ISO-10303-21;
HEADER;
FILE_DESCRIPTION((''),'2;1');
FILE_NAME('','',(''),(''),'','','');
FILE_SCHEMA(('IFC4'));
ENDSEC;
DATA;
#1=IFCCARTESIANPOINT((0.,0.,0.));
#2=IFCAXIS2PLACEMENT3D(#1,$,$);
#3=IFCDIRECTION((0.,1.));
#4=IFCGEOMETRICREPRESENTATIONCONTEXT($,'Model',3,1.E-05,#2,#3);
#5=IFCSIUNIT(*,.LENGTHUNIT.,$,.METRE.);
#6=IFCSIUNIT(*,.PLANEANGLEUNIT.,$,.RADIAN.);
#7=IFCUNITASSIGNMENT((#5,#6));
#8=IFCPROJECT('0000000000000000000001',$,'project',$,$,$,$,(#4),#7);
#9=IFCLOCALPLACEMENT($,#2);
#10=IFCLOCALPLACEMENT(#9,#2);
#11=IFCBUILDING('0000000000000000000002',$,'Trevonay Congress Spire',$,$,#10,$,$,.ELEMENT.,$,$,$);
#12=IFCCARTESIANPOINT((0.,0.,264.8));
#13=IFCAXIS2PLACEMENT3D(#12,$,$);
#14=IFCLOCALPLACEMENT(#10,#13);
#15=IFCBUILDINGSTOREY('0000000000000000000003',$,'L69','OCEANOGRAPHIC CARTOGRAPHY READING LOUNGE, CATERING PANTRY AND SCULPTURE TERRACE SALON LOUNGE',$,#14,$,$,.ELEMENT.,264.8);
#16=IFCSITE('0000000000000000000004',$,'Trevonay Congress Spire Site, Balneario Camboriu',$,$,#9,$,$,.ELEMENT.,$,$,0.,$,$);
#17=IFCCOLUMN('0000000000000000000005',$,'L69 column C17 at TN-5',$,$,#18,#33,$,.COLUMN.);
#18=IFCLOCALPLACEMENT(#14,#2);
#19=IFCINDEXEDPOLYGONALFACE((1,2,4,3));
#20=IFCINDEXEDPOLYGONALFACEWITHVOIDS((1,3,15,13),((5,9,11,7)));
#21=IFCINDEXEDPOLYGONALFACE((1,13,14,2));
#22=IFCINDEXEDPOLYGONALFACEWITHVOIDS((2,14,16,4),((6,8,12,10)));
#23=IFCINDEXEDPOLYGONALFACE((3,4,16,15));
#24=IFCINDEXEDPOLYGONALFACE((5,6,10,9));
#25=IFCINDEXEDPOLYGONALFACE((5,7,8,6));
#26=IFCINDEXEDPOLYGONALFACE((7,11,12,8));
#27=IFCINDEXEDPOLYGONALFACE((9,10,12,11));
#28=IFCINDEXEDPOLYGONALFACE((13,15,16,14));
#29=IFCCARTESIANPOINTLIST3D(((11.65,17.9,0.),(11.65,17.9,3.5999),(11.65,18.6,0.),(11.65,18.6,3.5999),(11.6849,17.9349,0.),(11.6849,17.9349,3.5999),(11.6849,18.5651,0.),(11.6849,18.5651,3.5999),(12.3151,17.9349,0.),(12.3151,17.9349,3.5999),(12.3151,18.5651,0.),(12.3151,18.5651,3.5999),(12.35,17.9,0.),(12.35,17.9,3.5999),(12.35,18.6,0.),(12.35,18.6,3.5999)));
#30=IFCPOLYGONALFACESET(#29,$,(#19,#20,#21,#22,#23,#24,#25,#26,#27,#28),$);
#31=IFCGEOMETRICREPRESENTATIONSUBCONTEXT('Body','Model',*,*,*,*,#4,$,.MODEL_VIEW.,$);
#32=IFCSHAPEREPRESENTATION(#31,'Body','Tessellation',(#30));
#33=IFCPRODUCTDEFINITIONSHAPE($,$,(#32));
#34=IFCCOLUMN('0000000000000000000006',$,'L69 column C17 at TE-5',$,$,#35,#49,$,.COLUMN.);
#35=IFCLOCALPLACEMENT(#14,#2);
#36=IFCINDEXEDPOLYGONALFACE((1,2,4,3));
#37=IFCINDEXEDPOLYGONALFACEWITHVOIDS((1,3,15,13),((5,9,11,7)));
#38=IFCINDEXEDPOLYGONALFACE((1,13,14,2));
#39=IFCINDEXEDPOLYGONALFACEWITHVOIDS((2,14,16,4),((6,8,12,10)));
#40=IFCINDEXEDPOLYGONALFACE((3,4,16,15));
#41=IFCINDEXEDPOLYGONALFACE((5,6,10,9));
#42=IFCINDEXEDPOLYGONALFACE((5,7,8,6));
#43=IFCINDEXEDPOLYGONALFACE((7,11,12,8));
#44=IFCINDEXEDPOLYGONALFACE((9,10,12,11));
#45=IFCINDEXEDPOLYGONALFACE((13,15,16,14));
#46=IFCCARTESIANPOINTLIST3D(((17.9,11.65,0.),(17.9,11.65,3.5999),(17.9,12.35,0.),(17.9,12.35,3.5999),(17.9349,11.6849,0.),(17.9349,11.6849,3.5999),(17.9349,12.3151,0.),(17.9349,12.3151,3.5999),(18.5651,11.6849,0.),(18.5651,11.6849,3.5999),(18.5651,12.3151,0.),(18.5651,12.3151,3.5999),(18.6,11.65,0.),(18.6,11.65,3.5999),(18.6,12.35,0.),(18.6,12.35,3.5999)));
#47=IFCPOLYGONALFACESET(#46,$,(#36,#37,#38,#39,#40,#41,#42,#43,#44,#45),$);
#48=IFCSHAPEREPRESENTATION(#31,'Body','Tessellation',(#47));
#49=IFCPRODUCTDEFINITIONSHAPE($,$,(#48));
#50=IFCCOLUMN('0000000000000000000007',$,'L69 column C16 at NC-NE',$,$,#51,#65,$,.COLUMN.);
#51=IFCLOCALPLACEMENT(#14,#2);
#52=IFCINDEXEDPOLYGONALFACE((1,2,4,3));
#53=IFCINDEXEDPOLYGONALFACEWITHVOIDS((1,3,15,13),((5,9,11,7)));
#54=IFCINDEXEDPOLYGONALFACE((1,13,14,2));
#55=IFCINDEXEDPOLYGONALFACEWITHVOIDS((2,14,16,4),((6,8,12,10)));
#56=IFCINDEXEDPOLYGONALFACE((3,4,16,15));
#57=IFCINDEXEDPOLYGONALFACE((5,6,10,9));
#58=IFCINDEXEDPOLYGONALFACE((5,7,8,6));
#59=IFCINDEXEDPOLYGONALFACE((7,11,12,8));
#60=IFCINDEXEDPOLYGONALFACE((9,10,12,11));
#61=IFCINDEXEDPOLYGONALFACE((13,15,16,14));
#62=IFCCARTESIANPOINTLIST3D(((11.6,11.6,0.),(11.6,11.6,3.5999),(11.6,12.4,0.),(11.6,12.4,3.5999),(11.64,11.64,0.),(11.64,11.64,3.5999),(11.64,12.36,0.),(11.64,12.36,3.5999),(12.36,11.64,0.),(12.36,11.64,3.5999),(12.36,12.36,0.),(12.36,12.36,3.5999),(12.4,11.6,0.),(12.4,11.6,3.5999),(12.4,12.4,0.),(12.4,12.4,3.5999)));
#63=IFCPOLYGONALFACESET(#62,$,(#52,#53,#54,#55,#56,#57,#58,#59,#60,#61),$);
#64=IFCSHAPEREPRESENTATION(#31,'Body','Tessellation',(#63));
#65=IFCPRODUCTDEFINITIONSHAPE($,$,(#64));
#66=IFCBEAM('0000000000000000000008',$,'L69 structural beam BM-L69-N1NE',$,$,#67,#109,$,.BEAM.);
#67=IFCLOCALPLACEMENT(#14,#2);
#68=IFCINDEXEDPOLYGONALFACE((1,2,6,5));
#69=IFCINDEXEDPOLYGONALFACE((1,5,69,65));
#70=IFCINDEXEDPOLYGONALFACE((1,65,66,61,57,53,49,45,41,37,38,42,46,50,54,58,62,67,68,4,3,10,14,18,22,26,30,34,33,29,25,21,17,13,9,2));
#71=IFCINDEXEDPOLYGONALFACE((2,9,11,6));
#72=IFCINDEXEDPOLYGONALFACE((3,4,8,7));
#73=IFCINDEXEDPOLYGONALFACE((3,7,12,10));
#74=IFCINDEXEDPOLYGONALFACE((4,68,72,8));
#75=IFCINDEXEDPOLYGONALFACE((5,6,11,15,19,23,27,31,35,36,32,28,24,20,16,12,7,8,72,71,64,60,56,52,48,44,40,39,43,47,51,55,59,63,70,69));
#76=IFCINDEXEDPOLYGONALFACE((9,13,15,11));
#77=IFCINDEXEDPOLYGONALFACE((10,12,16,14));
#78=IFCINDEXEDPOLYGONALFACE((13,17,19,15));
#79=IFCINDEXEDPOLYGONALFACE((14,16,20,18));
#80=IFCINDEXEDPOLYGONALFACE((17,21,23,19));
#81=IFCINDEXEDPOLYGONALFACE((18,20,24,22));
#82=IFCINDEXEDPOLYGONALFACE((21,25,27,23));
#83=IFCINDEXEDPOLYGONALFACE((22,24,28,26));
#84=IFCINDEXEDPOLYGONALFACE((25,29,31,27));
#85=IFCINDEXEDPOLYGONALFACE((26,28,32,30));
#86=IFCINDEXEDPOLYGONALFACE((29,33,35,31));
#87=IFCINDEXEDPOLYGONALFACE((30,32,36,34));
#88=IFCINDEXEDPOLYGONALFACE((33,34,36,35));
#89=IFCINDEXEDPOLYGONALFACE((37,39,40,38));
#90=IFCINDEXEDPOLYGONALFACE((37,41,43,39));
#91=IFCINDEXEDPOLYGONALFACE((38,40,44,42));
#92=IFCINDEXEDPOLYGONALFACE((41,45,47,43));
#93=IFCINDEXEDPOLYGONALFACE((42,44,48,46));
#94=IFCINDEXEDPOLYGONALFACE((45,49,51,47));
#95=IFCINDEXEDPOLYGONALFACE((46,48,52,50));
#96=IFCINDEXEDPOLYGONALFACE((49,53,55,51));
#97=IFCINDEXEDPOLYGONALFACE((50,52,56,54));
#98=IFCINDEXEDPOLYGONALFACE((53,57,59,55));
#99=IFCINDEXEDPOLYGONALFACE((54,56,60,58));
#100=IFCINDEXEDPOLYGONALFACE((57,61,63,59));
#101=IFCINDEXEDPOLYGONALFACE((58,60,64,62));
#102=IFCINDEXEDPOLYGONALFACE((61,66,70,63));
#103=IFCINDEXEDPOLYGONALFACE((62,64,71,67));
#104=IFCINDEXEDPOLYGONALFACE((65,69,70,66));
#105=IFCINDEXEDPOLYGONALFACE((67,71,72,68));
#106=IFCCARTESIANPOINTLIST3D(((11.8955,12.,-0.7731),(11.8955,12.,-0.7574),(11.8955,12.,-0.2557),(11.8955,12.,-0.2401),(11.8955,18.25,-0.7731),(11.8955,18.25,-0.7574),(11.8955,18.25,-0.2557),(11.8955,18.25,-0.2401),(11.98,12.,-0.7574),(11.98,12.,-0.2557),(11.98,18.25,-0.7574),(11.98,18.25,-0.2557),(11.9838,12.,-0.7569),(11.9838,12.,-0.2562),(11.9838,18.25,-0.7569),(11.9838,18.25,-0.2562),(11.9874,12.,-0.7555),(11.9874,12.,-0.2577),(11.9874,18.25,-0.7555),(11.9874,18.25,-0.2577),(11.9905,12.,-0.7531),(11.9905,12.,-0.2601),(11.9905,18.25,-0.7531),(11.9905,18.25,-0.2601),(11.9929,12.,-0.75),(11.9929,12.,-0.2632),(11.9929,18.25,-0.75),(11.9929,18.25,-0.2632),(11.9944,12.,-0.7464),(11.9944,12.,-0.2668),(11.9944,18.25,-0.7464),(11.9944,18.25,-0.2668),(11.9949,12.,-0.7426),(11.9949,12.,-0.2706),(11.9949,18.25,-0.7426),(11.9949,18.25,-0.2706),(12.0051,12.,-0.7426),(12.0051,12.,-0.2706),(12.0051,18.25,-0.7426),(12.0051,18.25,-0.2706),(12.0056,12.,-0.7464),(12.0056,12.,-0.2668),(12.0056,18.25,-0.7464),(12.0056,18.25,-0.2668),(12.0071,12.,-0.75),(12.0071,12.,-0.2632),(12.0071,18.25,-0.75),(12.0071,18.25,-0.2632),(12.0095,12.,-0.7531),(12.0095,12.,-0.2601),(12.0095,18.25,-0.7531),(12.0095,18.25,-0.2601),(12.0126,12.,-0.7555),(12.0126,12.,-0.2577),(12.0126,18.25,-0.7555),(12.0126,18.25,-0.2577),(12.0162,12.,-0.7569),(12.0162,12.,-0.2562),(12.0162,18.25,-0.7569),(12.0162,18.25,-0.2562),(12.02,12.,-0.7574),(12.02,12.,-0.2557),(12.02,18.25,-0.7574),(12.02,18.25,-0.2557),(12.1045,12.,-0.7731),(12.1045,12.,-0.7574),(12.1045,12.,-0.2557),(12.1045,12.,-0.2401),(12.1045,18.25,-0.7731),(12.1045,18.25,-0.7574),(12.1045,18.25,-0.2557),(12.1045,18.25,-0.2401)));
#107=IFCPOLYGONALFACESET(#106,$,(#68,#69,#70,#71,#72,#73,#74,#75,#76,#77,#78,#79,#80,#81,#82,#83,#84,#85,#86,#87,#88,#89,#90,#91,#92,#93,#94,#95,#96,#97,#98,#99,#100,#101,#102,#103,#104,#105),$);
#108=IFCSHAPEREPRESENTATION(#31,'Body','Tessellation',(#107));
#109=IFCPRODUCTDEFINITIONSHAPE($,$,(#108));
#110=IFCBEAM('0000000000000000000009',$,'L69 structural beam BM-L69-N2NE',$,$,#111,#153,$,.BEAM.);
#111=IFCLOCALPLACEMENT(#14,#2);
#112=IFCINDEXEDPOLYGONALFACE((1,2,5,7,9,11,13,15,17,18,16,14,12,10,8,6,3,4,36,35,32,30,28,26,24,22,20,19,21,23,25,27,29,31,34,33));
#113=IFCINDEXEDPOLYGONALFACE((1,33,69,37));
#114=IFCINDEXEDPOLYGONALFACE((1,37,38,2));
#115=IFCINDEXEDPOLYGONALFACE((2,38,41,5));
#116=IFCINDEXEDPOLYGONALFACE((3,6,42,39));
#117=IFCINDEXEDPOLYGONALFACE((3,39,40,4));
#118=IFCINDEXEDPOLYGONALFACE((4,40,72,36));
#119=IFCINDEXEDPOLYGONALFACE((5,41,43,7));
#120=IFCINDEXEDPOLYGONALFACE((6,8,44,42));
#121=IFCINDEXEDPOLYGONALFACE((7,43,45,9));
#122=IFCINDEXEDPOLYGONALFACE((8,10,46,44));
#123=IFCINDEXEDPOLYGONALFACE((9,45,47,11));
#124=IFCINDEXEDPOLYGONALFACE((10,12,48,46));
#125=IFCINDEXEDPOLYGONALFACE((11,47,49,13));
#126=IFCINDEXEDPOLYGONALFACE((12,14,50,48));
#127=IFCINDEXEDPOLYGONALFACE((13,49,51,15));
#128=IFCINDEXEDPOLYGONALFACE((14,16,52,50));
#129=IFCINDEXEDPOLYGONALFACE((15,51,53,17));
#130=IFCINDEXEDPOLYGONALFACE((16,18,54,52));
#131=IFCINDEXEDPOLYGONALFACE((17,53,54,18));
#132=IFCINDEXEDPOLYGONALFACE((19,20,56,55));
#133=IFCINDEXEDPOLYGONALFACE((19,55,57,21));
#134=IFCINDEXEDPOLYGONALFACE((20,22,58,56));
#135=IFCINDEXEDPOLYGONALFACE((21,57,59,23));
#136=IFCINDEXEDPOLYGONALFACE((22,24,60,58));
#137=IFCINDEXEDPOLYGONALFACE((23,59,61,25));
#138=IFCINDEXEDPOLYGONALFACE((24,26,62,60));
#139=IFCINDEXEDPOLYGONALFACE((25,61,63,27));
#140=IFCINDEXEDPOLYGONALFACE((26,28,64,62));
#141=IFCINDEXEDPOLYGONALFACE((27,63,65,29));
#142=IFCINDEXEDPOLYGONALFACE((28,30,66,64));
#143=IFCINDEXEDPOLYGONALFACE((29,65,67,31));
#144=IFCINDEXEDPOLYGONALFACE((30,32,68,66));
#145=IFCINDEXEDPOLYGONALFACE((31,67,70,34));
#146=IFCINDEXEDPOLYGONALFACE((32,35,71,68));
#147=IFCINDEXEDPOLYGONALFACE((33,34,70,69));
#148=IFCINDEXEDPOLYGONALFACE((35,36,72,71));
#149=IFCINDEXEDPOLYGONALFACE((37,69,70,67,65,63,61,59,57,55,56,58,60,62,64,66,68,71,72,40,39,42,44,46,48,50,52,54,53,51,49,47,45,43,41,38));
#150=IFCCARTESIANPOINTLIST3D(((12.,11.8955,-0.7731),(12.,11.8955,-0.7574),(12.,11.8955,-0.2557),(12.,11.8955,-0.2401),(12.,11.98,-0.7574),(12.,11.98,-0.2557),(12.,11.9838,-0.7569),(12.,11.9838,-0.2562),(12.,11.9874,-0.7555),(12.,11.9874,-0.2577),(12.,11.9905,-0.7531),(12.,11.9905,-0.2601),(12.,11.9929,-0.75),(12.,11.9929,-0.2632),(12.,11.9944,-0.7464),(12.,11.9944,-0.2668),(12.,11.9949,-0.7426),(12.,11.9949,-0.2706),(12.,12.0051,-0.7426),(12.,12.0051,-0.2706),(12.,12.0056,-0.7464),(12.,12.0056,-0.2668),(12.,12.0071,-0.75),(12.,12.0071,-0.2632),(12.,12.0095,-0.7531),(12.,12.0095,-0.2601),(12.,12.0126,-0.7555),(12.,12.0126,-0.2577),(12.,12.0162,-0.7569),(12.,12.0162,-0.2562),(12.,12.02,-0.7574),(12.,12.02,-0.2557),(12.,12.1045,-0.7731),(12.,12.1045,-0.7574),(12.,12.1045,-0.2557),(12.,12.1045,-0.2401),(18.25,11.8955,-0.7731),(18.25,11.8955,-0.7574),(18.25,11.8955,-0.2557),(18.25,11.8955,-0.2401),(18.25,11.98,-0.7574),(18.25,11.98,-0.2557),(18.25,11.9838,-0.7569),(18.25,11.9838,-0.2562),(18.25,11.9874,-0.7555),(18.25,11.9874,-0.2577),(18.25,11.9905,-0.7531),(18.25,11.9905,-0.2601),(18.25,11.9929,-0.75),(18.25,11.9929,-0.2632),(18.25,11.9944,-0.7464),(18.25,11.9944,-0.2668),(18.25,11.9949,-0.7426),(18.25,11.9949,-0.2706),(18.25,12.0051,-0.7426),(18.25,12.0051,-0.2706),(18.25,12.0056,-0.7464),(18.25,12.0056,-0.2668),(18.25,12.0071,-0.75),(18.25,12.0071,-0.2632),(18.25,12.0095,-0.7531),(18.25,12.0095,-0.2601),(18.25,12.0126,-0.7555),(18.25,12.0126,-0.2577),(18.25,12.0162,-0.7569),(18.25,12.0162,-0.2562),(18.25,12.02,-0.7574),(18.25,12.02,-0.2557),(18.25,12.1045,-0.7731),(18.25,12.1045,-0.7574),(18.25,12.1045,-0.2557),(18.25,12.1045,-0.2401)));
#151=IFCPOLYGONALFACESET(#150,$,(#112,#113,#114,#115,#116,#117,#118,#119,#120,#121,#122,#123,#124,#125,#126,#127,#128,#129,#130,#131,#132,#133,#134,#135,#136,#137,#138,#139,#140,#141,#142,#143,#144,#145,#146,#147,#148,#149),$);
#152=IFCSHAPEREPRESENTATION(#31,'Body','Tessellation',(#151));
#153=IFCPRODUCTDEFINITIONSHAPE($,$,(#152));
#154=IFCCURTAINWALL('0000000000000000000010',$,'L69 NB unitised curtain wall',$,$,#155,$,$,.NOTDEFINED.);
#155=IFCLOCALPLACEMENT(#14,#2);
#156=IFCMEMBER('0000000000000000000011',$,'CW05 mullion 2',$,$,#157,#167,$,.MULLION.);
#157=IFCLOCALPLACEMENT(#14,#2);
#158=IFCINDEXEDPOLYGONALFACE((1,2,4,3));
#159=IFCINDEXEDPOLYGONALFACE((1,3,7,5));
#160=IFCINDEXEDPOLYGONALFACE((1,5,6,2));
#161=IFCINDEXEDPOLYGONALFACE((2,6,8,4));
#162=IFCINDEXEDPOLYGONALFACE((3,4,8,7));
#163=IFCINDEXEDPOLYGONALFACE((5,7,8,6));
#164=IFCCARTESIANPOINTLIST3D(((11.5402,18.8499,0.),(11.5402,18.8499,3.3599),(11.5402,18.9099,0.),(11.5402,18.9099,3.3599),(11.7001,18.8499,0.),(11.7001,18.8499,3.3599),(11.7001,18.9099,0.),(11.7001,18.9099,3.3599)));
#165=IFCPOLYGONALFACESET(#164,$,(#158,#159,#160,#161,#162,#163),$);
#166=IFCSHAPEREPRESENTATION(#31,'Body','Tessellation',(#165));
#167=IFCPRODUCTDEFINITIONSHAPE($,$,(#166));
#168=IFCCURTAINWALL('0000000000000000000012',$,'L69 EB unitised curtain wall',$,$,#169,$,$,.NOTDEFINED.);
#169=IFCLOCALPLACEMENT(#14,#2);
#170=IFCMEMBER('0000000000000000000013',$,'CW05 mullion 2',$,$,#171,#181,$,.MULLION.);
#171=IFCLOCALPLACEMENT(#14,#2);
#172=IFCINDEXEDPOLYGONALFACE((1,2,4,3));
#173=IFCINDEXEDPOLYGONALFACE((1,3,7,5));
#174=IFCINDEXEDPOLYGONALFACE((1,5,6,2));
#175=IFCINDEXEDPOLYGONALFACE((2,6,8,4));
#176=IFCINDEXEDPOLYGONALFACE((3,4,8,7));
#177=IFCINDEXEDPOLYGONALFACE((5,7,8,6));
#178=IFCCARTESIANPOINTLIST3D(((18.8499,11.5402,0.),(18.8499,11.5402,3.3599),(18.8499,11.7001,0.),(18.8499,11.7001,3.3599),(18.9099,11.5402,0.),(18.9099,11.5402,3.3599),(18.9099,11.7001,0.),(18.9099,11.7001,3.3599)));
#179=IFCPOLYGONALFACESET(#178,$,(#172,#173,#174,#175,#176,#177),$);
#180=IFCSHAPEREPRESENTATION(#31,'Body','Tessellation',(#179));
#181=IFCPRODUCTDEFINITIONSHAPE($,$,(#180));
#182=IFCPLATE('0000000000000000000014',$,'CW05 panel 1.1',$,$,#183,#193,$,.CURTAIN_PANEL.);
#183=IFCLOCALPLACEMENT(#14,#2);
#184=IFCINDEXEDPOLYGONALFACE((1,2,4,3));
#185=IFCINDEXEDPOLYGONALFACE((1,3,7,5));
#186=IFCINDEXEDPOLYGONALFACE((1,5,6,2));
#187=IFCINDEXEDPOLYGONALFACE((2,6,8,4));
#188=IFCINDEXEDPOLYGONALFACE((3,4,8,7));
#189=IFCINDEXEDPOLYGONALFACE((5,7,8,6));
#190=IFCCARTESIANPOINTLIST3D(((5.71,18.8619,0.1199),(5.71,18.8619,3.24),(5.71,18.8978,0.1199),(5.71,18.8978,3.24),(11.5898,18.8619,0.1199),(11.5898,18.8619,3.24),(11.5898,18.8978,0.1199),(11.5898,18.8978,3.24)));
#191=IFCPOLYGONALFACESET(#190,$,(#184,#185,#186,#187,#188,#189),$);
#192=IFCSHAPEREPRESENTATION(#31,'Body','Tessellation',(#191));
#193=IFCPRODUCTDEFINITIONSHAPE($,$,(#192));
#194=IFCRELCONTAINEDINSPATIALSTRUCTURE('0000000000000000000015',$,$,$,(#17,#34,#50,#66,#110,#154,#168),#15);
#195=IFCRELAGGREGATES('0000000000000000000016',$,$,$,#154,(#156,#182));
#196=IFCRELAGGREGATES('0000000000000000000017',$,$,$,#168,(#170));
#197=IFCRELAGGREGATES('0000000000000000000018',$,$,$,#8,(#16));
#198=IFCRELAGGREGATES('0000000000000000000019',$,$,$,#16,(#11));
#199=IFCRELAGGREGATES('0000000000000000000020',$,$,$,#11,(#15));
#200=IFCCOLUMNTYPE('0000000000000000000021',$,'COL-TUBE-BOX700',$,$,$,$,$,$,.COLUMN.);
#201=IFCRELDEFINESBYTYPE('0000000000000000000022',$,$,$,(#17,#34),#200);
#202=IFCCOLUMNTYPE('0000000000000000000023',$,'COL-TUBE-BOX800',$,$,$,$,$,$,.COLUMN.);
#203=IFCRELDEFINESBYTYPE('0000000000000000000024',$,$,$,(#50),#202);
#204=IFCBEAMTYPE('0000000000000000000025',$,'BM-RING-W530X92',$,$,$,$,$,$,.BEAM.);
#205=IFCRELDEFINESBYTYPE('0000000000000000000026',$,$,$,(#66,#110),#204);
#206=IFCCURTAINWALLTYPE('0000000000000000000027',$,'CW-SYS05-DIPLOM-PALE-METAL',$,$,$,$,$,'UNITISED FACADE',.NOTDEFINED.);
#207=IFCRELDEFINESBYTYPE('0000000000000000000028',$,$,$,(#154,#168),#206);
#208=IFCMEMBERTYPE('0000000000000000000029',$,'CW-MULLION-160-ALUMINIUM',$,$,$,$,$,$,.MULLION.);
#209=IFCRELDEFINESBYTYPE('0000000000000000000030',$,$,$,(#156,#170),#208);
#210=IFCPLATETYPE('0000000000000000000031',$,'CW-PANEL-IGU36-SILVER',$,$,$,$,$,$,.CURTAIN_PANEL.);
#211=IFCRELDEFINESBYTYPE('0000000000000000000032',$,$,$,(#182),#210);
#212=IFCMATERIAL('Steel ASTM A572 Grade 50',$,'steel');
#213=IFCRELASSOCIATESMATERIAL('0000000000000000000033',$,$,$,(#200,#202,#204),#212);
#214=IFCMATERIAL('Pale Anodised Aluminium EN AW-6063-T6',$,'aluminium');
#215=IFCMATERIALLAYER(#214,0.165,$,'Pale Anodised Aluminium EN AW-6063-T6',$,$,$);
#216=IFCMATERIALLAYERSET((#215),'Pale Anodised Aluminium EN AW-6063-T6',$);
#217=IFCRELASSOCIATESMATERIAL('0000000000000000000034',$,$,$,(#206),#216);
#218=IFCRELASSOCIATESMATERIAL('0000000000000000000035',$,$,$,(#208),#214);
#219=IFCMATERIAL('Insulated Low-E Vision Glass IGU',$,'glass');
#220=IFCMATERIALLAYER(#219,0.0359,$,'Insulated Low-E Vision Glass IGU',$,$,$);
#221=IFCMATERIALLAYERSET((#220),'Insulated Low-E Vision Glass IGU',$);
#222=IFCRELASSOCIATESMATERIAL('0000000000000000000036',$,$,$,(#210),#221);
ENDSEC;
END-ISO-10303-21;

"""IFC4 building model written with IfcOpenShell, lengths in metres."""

from ifc_helpers import new_model, si_unit, direction, frame, origin, origin_2d, place, context, subcontext, project, spatial, rectangle, hollow_rectangle, i_section, extrude, material, layer, layer_set, material_profile, profile_set, type_object, element, aggregate, save


model = new_model("IFC4")

# Units and contexts
model_context = context("Model", 3, precision=1e-05, world=origin(), true_north=direction((0.0, 1.0)))
body_context = subcontext(model_context, "Body", "Model", "MODEL_VIEW")
ifc_project = project(units=[si_unit("LENGTHUNIT", "METRE"), si_unit("PLANEANGLEUNIT", "RADIAN")], contexts=[model_context])

# Site, building, storey
site_placement = place(None, origin())
site = spatial("IfcSite", under=ifc_project, at=site_placement, Name="Trevonay Congress Spire Site, Balneario Camboriu", CompositionType="ELEMENT", RefElevation=0.0)
building_placement = place(site_placement, origin())
building = spatial("IfcBuilding", under=site, at=building_placement, Name="Trevonay Congress Spire", CompositionType="ELEMENT")
storey_placement = place(building_placement, frame((0.0, 0.0, 264.8)))
storey = spatial("IfcBuildingStorey", under=building, at=storey_placement, Name="L69", Description="OCEANOGRAPHIC CARTOGRAPHY READING LOUNGE, CATERING PANTRY AND SCULPTURE TERRACE SALON LOUNGE", CompositionType="ELEMENT", Elevation=264.8)

# Columns
ifc_material_1 = material(Name="Steel ASTM A572 Grade 50", Category="steel")
ifc_material_profile_1 = material_profile(ifc_material_1, hollow_rectangle(XDim=0.7, YDim=0.7, WallThickness=0.0349, at=origin_2d()), Name="BOX 700x700x35")
ifc_profile_set_1 = profile_set([ifc_material_profile_1], Name="Steel ASTM A572 Grade 50")
column_type_1 = type_object("IfcColumnType", Name="COL-TUBE-BOX700", PredefinedType="COLUMN", material=ifc_profile_set_1)
for number, where, z_axis, x_axis, name in (
    (1, (12.0, 18.25, 0.0), (0.0, 0.0, 1.0), (1.0, 0.0, 0.0), "L69 column C17 at TN-5"),
    (2, (18.25, 12.0, 0.0), (0.0, 0.0, 1.0), (1.0, 0.0, 0.0), "L69 column C17 at TE-5"),
):
    element("IfcColumn", number, at=place(storey_placement, frame(where, z_axis=z_axis, x_axis=x_axis)), inside=storey, type_object=column_type_1, Name=name, PredefinedType="COLUMN", context=body_context, shape_type="SweptSolid", body=[
        extrude(hollow_rectangle(XDim=0.7, YDim=0.7, WallThickness=0.0349, at=origin_2d()), origin(), (0.0, 0.0, 1.0), 3.5999),
    ])
ifc_material_profile_2 = material_profile(ifc_material_1, hollow_rectangle(XDim=0.8, YDim=0.8, WallThickness=0.04, at=origin_2d()), Name="BOX 800x800x40")
ifc_profile_set_2 = profile_set([ifc_material_profile_2], Name="Steel ASTM A572 Grade 50")
column_type_2 = type_object("IfcColumnType", Name="COL-TUBE-BOX800", PredefinedType="COLUMN", material=ifc_profile_set_2)
column_placement = place(storey_placement, frame((12.0, 12.0, 0.0), z_axis=(0.0, 0.0, 1.0), x_axis=(1.0, 0.0, 0.0)))
element("IfcColumn", 3, at=column_placement, inside=storey, type_object=column_type_2, Name="L69 column C16 at NC-NE", PredefinedType="COLUMN", context=body_context, shape_type="SweptSolid", body=[
    extrude(hollow_rectangle(XDim=0.8, YDim=0.8, WallThickness=0.04, at=origin_2d()), origin(), (0.0, 0.0, 1.0), 3.5999),
])

# Beams
ifc_material_profile_3 = material_profile(ifc_material_1, i_section(OverallWidth=0.209, OverallDepth=0.533, WebThickness=0.0103, FlangeThickness=0.0156, FilletRadius=0.0149, at=origin_2d()), Name="W530x92")
ifc_profile_set_3 = profile_set([ifc_material_profile_3], Name="Steel ASTM A572 Grade 50")
beam_type = type_object("IfcBeamType", Name="BM-RING-W530X92", PredefinedType="BEAM", material=ifc_profile_set_3)
for number, where, z_axis, x_axis, name in (
    (4, (12.0, 18.25, -0.5066), (0.0, -1.0, 0.0), (1.0, 0.0, 0.0), "L69 structural beam BM-L69-N1NE"),
    (5, (18.25, 12.0, -0.5066), (-1.0, 0.0, 0.0), (0.0, -1.0, 0.0), "L69 structural beam BM-L69-N2NE"),
):
    element("IfcBeam", number, at=place(storey_placement, frame(where, z_axis=z_axis, x_axis=x_axis)), inside=storey, type_object=beam_type, Name=name, PredefinedType="BEAM", context=body_context, shape_type="SweptSolid", body=[
        extrude(i_section(OverallWidth=0.209, OverallDepth=0.533, WebThickness=0.0103, FlangeThickness=0.0156, FilletRadius=0.0149, at=origin_2d()), origin(), (0.0, 0.0, 1.0), 6.25),
    ])

# Curtain walls, members
ifc_material_2 = material(Name="Pale Anodised Aluminium EN AW-6063-T6", Category="aluminium")
ifc_layer_1 = layer(ifc_material_2, 0.165, Name="Pale Anodised Aluminium EN AW-6063-T6")
ifc_layer_set_1 = layer_set([ifc_layer_1], Name="Pale Anodised Aluminium EN AW-6063-T6")
curtain_wall_type = type_object("IfcCurtainWallType", Name="CW-SYS05-DIPLOM-PALE-METAL", ElementType="UNITISED FACADE", PredefinedType="NOTDEFINED", material=ifc_layer_set_1)
curtain_wall_1_placement = place(storey_placement, origin())
curtain_wall_1 = element("IfcCurtainWall", 6, at=curtain_wall_1_placement, inside=storey, type_object=curtain_wall_type, Name="L69 NB unitised curtain wall", PredefinedType="NOTDEFINED")
ifc_material_profile_4 = material_profile(ifc_material_2, rectangle(XDim=0.0601, YDim=0.1599, at=origin_2d()), Name="CW-MULLION-160-ALUMINIUM")
ifc_profile_set_4 = profile_set([ifc_material_profile_4], Name="Pale Anodised Aluminium EN AW-6063-T6")
member_type = type_object("IfcMemberType", Name="CW-MULLION-160-ALUMINIUM", PredefinedType="MULLION", material=ifc_profile_set_4)
member_1_placement = place(storey_placement, frame((11.6201, 18.8799, 0.0), z_axis=(0.0, 0.0, 1.0), x_axis=(0.0, 1.0, 0.0)))
member_1 = element("IfcMember", 7, at=member_1_placement, type_object=member_type, Name="CW05 mullion 2", PredefinedType="MULLION", context=body_context, shape_type="SweptSolid", body=[
    extrude(rectangle(XDim=0.0601, YDim=0.1599, at=origin_2d()), origin(), (0.0, 0.0, 1.0), 3.3599),
])
curtain_wall_2_placement = place(storey_placement, origin())
curtain_wall_2 = element("IfcCurtainWall", 8, at=curtain_wall_2_placement, inside=storey, type_object=curtain_wall_type, Name="L69 EB unitised curtain wall", PredefinedType="NOTDEFINED")
member_2_placement = place(storey_placement, frame((18.8799, 11.6201, 0.0), z_axis=(0.0, 0.0, 1.0), x_axis=(-1.0, 0.0, 0.0)))
member_2 = element("IfcMember", 9, at=member_2_placement, type_object=member_type, Name="CW05 mullion 2", PredefinedType="MULLION", context=body_context, shape_type="SweptSolid", body=[
    extrude(rectangle(XDim=0.0601, YDim=0.1599, at=origin_2d()), origin(), (0.0, 0.0, 1.0), 3.3599),
])

# Plate
ifc_material_3 = material(Name="Insulated Low-E Vision Glass IGU", Category="glass")
ifc_layer_2 = layer(ifc_material_3, 0.0359, Name="Insulated Low-E Vision Glass IGU")
ifc_layer_set_2 = layer_set([ifc_layer_2], Name="Insulated Low-E Vision Glass IGU")
plate_type = type_object("IfcPlateType", Name="CW-PANEL-IGU36-SILVER", PredefinedType="CURTAIN_PANEL", material=ifc_layer_set_2)
plate_1_placement = place(storey_placement, frame((8.6499, 18.8799, 0.1199), z_axis=(0.0, 0.0, 1.0), x_axis=(1.0, 0.0, 0.0)))
plate_1 = element("IfcPlate", 10, at=plate_1_placement, type_object=plate_type, Name="CW05 panel 1.1", PredefinedType="CURTAIN_PANEL", context=body_context, shape_type="SweptSolid", body=[
    extrude(rectangle(XDim=5.8799, YDim=0.0359, at=origin_2d()), origin(), (0.0, 0.0, 1.0), 3.1201),
])
aggregate(curtain_wall_1, [member_1, plate_1])
aggregate(curtain_wall_2, [member_2])

save(model, "model.ifc")
